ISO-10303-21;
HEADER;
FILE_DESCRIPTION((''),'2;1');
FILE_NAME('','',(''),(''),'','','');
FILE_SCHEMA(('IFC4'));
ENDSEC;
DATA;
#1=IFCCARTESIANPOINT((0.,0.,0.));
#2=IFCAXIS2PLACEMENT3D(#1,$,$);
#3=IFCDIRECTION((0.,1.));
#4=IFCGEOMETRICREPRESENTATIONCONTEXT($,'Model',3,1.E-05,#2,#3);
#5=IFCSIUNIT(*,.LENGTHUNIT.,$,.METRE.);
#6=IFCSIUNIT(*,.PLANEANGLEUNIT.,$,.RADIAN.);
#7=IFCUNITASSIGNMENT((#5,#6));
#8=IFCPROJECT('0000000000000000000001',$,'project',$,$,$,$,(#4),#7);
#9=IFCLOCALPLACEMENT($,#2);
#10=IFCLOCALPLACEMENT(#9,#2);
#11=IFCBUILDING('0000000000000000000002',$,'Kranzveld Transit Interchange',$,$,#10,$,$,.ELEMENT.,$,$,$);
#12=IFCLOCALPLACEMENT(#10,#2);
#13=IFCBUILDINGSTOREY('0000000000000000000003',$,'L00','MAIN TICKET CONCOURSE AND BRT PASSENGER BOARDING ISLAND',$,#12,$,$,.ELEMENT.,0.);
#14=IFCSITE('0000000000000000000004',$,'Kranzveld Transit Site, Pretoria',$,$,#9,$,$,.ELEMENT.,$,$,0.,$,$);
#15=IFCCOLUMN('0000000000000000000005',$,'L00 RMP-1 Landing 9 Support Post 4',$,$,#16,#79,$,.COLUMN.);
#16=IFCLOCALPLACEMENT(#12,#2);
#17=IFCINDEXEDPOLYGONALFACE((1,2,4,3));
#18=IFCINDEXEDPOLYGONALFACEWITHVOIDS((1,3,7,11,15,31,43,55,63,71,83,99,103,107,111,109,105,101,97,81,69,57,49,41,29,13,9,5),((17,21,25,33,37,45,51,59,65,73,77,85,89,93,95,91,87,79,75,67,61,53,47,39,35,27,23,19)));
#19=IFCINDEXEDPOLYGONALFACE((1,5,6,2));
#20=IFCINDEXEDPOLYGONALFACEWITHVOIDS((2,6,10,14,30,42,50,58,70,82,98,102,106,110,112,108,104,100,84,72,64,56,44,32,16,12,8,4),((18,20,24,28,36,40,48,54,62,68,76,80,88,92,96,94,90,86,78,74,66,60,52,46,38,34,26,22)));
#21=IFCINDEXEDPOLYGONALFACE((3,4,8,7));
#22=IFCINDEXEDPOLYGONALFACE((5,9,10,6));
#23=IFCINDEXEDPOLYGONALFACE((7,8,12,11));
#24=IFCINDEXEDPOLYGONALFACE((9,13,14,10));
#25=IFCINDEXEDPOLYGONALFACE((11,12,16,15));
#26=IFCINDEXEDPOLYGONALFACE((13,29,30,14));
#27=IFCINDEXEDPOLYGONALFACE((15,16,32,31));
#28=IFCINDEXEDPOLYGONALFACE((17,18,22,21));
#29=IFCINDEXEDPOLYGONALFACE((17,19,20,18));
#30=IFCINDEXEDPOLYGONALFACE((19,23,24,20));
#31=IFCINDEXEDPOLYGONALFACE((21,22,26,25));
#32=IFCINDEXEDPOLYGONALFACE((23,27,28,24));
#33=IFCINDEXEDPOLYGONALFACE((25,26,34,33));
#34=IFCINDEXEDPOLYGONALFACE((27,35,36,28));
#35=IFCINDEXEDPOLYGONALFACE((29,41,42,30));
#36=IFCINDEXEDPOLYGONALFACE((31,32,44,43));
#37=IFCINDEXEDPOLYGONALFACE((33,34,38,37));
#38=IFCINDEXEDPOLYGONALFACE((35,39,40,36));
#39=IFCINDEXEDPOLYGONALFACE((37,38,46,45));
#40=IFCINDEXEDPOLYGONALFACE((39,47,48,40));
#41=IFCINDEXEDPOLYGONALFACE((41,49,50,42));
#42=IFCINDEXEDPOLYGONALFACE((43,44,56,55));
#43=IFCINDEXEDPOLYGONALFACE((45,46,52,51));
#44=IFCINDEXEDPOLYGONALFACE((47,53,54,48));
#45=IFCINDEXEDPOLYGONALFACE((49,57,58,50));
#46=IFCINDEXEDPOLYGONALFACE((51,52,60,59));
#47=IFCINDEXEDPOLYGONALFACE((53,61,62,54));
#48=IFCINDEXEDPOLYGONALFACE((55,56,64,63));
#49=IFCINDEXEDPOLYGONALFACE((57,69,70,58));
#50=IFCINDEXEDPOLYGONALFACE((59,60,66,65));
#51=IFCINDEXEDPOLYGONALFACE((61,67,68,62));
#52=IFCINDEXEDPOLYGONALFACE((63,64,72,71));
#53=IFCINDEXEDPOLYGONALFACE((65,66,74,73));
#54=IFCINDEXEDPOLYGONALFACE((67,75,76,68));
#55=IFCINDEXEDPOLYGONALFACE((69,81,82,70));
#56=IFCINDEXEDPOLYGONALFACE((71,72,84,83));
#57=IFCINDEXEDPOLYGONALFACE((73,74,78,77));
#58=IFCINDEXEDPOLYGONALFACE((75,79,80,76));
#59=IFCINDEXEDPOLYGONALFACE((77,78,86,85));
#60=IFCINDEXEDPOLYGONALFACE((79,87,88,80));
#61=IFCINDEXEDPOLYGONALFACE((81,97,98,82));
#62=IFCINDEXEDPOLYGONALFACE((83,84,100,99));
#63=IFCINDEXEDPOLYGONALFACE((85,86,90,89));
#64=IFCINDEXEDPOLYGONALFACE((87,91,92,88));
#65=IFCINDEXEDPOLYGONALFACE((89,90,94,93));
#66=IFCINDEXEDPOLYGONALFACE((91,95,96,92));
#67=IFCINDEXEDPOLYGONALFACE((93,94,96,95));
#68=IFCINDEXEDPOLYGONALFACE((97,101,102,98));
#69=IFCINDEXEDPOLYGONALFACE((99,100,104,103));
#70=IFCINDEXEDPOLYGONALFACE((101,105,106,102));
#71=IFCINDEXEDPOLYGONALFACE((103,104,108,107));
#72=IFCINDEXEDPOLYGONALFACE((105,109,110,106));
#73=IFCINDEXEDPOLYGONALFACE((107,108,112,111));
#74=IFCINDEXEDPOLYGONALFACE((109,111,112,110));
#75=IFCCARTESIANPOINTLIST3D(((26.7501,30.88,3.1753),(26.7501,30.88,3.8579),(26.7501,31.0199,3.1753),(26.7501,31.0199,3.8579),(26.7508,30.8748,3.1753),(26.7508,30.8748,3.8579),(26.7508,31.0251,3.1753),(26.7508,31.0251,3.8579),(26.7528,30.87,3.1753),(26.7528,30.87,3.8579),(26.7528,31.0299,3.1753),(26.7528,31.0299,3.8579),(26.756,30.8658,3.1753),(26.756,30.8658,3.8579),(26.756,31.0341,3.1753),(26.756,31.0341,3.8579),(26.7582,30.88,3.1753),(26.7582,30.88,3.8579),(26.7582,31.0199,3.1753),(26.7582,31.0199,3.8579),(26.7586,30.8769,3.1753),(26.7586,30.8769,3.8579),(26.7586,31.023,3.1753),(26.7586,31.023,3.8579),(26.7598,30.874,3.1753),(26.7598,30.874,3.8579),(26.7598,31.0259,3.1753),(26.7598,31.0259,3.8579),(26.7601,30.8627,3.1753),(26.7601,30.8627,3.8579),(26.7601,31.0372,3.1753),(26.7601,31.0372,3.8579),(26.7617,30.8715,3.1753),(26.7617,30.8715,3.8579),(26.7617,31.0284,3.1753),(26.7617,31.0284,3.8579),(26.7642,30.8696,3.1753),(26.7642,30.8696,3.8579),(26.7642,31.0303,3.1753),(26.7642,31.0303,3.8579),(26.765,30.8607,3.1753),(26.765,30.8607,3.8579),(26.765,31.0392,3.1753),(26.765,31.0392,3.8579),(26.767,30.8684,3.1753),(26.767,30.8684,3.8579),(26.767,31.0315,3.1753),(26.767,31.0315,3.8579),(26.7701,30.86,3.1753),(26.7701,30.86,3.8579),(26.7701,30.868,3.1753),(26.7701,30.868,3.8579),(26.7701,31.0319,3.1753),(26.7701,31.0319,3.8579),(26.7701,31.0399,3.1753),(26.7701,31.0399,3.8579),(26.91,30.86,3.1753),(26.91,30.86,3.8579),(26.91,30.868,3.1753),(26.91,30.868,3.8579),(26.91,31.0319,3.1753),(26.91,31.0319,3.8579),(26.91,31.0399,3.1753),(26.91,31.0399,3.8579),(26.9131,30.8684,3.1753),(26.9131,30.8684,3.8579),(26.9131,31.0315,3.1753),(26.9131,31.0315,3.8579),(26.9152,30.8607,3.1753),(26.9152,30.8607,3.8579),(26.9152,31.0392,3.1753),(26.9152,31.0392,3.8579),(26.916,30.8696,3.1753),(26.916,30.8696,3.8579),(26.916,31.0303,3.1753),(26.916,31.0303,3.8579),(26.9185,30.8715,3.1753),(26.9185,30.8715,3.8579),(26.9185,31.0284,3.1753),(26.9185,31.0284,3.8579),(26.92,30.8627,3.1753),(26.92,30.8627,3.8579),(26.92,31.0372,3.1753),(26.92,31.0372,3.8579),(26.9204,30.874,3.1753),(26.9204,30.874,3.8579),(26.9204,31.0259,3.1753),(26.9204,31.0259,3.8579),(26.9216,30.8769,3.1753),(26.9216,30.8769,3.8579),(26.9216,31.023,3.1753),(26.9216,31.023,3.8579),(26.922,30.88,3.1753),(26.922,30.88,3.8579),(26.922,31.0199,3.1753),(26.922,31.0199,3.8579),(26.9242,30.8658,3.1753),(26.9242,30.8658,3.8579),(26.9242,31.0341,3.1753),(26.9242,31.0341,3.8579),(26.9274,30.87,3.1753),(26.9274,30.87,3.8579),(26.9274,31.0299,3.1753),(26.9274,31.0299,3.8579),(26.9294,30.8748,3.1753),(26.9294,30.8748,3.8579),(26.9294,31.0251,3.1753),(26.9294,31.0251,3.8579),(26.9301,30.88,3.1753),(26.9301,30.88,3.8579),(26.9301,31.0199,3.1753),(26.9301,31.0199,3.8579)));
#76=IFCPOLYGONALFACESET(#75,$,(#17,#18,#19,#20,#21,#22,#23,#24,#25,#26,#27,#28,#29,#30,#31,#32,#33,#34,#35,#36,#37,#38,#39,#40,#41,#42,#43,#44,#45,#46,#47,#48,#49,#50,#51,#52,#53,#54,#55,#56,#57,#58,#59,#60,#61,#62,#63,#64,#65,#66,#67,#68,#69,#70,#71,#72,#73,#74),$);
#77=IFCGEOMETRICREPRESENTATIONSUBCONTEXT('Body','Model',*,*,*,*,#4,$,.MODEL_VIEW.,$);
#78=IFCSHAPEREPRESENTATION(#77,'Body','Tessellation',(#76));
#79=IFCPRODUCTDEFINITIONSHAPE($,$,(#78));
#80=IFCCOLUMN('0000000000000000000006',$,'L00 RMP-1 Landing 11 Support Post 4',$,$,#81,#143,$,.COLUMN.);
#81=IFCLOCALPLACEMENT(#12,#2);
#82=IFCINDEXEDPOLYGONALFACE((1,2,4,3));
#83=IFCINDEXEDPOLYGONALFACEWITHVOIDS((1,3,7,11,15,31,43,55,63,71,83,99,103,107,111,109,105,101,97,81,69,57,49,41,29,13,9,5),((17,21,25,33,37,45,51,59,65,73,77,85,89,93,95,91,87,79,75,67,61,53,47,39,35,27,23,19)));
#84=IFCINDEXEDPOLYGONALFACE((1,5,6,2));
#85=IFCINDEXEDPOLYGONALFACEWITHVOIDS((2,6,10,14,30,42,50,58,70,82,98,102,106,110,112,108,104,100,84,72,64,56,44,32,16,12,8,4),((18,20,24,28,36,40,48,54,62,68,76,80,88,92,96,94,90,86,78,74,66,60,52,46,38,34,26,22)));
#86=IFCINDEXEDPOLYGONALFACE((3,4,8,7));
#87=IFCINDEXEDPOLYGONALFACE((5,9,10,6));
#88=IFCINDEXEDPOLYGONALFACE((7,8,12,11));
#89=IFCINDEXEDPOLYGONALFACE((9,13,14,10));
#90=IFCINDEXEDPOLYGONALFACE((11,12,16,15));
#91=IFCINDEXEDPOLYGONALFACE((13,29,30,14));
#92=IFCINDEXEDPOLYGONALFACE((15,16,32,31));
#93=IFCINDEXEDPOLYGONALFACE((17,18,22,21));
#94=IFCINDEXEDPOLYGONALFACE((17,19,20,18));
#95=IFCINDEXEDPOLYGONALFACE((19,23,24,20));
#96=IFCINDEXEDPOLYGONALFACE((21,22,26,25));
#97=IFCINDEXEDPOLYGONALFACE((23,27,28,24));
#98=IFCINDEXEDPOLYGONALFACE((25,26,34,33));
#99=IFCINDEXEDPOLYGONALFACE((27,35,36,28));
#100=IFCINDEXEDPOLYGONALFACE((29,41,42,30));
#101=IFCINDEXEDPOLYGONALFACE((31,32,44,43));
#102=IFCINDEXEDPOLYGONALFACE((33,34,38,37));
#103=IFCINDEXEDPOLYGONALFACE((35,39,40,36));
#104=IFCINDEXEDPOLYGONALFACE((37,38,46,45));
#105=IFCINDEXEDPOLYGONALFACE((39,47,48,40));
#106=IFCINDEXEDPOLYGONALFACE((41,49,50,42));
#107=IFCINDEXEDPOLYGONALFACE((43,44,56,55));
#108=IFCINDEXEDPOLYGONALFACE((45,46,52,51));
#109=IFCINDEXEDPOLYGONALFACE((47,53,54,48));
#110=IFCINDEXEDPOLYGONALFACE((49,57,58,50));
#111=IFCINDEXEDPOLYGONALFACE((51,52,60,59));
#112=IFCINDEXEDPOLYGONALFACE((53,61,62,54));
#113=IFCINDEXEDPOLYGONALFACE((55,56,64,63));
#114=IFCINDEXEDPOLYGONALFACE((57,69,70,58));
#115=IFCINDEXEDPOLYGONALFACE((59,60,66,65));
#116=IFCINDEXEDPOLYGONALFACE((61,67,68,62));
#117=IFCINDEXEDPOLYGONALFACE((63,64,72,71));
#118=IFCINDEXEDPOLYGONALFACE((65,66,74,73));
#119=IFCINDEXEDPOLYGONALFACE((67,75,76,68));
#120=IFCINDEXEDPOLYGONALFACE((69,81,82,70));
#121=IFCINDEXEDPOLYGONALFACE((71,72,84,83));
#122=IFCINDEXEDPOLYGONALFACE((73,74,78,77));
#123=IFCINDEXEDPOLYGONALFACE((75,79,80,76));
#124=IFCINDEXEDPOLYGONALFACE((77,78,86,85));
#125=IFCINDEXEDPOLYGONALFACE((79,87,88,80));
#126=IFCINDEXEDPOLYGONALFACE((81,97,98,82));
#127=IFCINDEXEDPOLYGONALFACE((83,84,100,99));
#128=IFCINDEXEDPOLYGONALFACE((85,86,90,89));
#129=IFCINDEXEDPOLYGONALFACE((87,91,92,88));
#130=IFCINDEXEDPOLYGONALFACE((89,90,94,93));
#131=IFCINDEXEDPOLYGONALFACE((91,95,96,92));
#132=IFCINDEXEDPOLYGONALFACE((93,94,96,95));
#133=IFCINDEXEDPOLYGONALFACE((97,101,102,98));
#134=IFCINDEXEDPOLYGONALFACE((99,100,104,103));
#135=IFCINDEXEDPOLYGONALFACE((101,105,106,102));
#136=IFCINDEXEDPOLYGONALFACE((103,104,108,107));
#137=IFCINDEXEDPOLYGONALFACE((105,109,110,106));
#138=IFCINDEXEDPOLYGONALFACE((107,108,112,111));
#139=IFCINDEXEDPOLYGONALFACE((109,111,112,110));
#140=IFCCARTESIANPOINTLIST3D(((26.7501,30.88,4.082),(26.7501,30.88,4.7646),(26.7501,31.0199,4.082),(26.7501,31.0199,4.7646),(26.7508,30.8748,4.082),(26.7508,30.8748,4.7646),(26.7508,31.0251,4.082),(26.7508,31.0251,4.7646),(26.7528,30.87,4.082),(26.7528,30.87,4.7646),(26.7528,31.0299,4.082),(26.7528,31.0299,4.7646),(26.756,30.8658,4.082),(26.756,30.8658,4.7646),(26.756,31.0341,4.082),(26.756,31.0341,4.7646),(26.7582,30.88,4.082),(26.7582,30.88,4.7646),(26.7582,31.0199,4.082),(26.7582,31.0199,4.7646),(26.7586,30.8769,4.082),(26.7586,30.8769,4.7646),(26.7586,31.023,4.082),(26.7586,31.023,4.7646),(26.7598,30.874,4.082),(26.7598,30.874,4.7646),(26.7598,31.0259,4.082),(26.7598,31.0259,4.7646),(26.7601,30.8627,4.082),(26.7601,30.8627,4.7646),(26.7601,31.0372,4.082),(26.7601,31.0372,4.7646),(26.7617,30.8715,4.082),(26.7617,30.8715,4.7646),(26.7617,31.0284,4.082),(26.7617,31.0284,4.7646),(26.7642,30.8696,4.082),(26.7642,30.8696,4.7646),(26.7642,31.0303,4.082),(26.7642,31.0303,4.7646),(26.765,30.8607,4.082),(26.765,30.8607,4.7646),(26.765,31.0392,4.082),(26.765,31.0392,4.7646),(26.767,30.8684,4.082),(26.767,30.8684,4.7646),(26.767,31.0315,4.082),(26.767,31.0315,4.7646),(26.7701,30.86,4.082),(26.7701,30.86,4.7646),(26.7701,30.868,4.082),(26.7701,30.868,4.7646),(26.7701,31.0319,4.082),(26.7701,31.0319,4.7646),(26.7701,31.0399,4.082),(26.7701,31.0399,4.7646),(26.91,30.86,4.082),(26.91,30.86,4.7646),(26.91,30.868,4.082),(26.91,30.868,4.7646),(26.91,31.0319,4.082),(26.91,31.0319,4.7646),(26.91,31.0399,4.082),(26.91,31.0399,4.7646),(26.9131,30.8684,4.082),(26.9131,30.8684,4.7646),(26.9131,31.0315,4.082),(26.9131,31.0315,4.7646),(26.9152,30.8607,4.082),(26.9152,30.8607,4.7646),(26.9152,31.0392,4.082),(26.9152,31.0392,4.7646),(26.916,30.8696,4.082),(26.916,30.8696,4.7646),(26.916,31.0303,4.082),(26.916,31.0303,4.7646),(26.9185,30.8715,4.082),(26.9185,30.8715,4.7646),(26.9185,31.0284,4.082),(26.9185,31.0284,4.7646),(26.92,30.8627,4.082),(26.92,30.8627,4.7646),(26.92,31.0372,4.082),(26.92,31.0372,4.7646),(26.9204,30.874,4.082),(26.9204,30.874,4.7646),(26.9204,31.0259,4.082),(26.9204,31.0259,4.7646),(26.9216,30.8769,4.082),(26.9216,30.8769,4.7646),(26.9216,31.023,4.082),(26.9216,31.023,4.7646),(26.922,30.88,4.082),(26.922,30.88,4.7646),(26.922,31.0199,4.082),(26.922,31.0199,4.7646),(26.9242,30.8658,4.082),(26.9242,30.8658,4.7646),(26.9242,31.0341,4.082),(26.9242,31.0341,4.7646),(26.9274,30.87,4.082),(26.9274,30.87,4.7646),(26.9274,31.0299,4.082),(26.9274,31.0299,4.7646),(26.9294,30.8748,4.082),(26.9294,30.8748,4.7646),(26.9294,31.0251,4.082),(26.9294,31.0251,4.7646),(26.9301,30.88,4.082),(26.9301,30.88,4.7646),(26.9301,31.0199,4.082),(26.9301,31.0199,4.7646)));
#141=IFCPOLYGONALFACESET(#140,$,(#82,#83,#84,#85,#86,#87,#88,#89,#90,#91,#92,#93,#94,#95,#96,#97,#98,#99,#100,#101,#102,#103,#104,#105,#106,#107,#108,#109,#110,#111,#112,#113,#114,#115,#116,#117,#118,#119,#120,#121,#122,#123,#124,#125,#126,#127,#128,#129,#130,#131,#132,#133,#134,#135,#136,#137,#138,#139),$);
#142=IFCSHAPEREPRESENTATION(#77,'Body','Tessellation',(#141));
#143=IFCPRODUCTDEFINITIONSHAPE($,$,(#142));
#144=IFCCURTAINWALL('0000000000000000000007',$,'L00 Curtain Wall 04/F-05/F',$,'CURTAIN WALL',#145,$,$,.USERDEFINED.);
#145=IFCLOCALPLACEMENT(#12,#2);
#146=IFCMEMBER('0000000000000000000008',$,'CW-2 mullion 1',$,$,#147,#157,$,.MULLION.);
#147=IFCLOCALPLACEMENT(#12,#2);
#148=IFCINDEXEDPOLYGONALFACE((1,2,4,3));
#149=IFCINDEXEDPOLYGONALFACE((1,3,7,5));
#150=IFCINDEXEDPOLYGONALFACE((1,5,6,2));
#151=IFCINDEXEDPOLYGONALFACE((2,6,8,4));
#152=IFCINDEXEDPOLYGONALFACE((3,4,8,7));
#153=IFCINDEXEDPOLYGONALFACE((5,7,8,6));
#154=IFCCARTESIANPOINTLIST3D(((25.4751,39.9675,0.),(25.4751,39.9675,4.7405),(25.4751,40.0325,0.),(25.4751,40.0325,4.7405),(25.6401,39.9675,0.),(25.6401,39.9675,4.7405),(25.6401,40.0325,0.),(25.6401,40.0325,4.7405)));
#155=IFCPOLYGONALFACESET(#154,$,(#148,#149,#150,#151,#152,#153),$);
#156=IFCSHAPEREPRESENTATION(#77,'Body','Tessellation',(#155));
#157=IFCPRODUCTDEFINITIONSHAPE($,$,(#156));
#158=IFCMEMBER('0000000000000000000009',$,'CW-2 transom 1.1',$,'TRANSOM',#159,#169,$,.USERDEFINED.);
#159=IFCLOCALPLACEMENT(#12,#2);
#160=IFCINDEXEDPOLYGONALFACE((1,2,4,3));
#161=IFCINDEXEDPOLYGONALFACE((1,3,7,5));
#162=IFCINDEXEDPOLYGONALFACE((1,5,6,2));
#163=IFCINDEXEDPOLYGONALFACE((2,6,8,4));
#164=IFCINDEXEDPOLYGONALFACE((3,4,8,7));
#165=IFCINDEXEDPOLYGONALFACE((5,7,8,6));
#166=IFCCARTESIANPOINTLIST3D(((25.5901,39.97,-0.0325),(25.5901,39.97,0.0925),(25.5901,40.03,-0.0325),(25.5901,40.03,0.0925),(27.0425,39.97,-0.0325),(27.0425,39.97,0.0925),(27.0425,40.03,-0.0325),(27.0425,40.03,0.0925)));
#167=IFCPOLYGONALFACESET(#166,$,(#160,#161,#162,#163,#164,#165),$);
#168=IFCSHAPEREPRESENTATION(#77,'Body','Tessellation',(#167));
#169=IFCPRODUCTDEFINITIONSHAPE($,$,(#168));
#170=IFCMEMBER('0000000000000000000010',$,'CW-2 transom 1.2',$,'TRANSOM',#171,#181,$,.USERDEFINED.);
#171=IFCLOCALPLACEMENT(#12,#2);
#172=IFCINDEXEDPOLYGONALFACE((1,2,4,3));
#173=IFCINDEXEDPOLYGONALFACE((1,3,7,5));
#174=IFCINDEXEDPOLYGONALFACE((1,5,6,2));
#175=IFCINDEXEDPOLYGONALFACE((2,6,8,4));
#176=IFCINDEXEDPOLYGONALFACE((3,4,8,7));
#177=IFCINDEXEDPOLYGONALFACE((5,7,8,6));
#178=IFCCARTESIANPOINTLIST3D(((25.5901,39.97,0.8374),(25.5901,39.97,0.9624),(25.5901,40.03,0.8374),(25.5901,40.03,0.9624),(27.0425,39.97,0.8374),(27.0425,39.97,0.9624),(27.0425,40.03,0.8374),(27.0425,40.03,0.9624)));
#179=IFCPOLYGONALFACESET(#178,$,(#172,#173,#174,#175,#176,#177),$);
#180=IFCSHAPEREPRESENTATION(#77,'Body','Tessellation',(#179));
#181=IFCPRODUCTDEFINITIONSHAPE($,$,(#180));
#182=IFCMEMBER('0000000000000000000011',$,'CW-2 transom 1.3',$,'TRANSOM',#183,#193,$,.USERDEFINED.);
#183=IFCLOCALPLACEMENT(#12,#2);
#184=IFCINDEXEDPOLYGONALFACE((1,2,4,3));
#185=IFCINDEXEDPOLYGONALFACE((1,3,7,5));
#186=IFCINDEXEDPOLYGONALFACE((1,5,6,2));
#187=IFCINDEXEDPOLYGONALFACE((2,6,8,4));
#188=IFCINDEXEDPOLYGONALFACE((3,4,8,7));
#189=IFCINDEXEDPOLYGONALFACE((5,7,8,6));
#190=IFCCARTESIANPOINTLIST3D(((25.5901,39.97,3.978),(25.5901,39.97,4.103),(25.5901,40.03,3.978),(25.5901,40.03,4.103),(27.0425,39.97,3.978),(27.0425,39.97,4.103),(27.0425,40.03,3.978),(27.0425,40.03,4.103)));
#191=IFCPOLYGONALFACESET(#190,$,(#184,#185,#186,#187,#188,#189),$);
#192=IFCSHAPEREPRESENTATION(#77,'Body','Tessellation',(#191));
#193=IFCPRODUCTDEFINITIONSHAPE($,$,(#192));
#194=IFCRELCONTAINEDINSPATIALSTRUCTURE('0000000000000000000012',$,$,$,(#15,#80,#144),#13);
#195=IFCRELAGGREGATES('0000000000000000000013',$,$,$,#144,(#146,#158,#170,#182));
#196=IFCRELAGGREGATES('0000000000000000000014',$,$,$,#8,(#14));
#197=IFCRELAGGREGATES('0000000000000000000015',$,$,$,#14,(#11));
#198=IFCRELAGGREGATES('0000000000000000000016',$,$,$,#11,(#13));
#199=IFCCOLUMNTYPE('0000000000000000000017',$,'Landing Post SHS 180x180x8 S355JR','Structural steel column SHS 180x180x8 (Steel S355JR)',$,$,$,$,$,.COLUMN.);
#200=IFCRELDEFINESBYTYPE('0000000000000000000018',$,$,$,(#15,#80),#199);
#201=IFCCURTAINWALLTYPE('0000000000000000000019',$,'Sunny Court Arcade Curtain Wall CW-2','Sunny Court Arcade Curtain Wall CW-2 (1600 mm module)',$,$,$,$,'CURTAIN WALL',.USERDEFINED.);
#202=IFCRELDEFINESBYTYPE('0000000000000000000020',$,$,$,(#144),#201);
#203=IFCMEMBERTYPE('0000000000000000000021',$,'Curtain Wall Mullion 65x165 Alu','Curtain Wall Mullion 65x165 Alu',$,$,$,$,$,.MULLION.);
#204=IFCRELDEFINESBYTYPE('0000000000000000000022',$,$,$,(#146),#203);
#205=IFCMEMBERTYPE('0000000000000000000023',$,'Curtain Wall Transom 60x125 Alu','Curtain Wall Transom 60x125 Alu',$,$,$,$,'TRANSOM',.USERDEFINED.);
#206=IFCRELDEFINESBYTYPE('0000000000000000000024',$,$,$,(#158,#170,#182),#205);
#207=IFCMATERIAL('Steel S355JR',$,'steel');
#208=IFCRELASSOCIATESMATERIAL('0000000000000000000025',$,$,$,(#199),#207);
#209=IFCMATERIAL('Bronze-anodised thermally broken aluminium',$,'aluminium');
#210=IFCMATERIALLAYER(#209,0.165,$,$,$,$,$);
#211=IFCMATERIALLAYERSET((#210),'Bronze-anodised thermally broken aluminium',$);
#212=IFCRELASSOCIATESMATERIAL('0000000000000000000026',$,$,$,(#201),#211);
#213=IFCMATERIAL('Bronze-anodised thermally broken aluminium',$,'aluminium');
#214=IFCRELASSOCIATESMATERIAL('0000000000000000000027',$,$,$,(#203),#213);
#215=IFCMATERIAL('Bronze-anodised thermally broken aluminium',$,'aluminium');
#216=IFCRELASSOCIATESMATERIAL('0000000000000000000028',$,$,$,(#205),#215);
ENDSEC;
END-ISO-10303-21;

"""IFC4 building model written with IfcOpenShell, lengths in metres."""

from ifc_helpers import new_model, si_unit, direction, frame, origin, origin_2d, place, context, subcontext, project, spatial, rectangle, hollow_rectangle, extrude, material, layer, layer_set, material_profile, profile_set, type_object, element, aggregate, save


model = new_model("IFC4")

# Units and contexts
model_context = context("Model", 3, precision=1e-05, world=origin(), true_north=direction((0.0, 1.0)))
body_context = subcontext(model_context, "Body", "Model", "MODEL_VIEW")
ifc_project = project(units=[si_unit("LENGTHUNIT", "METRE"), si_unit("PLANEANGLEUNIT", "RADIAN")], contexts=[model_context])

# Site, building, storey
site_placement = place(None, origin())
site = spatial("IfcSite", under=ifc_project, at=site_placement, Name="Kranzveld Transit Site, Pretoria", CompositionType="ELEMENT", RefElevation=0.0)
building_placement = place(site_placement, origin())
building = spatial("IfcBuilding", under=site, at=building_placement, Name="Kranzveld Transit Interchange", CompositionType="ELEMENT")
storey_placement = place(building_placement, origin())
storey = spatial("IfcBuildingStorey", under=building, at=storey_placement, Name="L00", Description="MAIN TICKET CONCOURSE AND BRT PASSENGER BOARDING ISLAND", CompositionType="ELEMENT", Elevation=0.0)

# Columns
ifc_material_1 = material(Name="Steel S355JR", Category="steel")
ifc_material_profile_1 = material_profile(ifc_material_1, hollow_rectangle(XDim=0.1799, YDim=0.1799, WallThickness=0.0081, InnerFilletRadius=0.012, OuterFilletRadius=0.02, at=origin_2d()), Name="SHS 180x180x8")
ifc_profile_set_1 = profile_set([ifc_material_profile_1], Name="Steel S355JR")
column_type_1 = type_object("IfcColumnType", Name="Landing Post SHS 180x180x8 S355JR", Description="Structural steel column SHS 180x180x8 (Steel S355JR)", PredefinedType="COLUMN", material=ifc_profile_set_1)
for number, where, z_axis, x_axis, name in (
    (1, (26.8401, 30.95, 3.1753), (0.0, 0.0, 1.0), (1.0, 0.0, 0.0), "L00 RMP-1 Landing 9 Support Post 4"),
    (2, (26.8401, 30.95, 4.082), (0.0, 0.0, 1.0), (1.0, 0.0, 0.0), "L00 RMP-1 Landing 11 Support Post 4"),
):
    element("IfcColumn", number, at=place(storey_placement, frame(where, z_axis=z_axis, x_axis=x_axis)), inside=storey, type_object=column_type_1, Name=name, PredefinedType="COLUMN", context=body_context, shape_type="SweptSolid", body=[
        extrude(hollow_rectangle(XDim=0.1799, YDim=0.1799, WallThickness=0.0081, InnerFilletRadius=0.012, OuterFilletRadius=0.02, at=origin_2d()), origin(), (0.0, 0.0, 1.0), 0.6826),
    ])

# Curtain wall, members
ifc_material_2 = material(Name="Bronze-anodised thermally broken aluminium", Category="aluminium")
ifc_layer_1 = layer(ifc_material_2, 0.165)
ifc_layer_set_1 = layer_set([ifc_layer_1], Name="Bronze-anodised thermally broken aluminium")
curtain_wall_type = type_object("IfcCurtainWallType", Name="Sunny Court Arcade Curtain Wall CW-2", Description="Sunny Court Arcade Curtain Wall CW-2 (1600 mm module)", ElementType="CURTAIN WALL", PredefinedType="USERDEFINED", material=ifc_layer_set_1)
curtain_wall_placement = place(storey_placement, origin())
curtain_wall = element("IfcCurtainWall", 3, at=curtain_wall_placement, inside=storey, type_object=curtain_wall_type, Name="L00 Curtain Wall 04/F-05/F", ObjectType="CURTAIN WALL", PredefinedType="USERDEFINED")
ifc_material_3 = material(Name="Bronze-anodised thermally broken aluminium", Category="aluminium")
ifc_material_profile_2 = material_profile(ifc_material_3, rectangle(XDim=0.0649, YDim=0.165, at=origin_2d()), Name="ALU MULLION 65x165")
ifc_profile_set_2 = profile_set([ifc_material_profile_2], Name="Bronze-anodised thermally broken aluminium")
member_type_1 = type_object("IfcMemberType", Name="Curtain Wall Mullion 65x165 Alu", Description="Curtain Wall Mullion 65x165 Alu", PredefinedType="MULLION", material=ifc_profile_set_2)
member_1_placement = place(storey_placement, frame((25.5576, 40.0, 0.0), z_axis=(0.0, 0.0, 1.0), x_axis=(0.0, 1.0, 0.0)))
member_1 = element("IfcMember", 4, at=member_1_placement, type_object=member_type_1, Name="CW-2 mullion 1", PredefinedType="MULLION", context=body_context, shape_type="SweptSolid", body=[
    extrude(rectangle(XDim=0.0649, YDim=0.165, at=origin_2d()), origin(), (0.0, 0.0, 1.0), 4.7405),
])
ifc_material_4 = material(Name="Bronze-anodised thermally broken aluminium", Category="aluminium")
ifc_material_profile_3 = material_profile(ifc_material_4, rectangle(XDim=0.0601, YDim=0.125, at=origin_2d()), Name="ALU TRANSOM 60x125")
ifc_profile_set_3 = profile_set([ifc_material_profile_3], Name="Bronze-anodised thermally broken aluminium")
member_type_2 = type_object("IfcMemberType", Name="Curtain Wall Transom 60x125 Alu", Description="Curtain Wall Transom 60x125 Alu", ElementType="TRANSOM", PredefinedType="USERDEFINED", material=ifc_profile_set_3)
member_2_placement = place(storey_placement, frame((25.5901, 40.0, 0.03), z_axis=(1.0, 0.0, 0.0), x_axis=(0.0, 1.0, 0.0)))
member_2 = element("IfcMember", 5, at=member_2_placement, type_object=member_type_2, Name="CW-2 transom 1.1", ObjectType="TRANSOM", PredefinedType="USERDEFINED", context=body_context, shape_type="SweptSolid", body=[
    extrude(rectangle(XDim=0.0601, YDim=0.125, at=origin_2d()), origin(), (0.0, 0.0, 1.0), 1.4524),
])
member_3_placement = place(storey_placement, frame((25.5901, 40.0, 0.8999), z_axis=(1.0, 0.0, 0.0), x_axis=(0.0, 1.0, 0.0)))
member_3 = element("IfcMember", 6, at=member_3_placement, type_object=member_type_2, Name="CW-2 transom 1.2", ObjectType="TRANSOM", PredefinedType="USERDEFINED", context=body_context, shape_type="SweptSolid", body=[
    extrude(rectangle(XDim=0.0601, YDim=0.125, at=origin_2d()), origin(), (0.0, 0.0, 1.0), 1.4524),
])
member_4_placement = place(storey_placement, frame((25.5901, 40.0, 4.0405), z_axis=(1.0, 0.0, 0.0), x_axis=(0.0, 1.0, 0.0)))
member_4 = element("IfcMember", 7, at=member_4_placement, type_object=member_type_2, Name="CW-2 transom 1.3", ObjectType="TRANSOM", PredefinedType="USERDEFINED", context=body_context, shape_type="SweptSolid", body=[
    extrude(rectangle(XDim=0.0601, YDim=0.125, at=origin_2d()), origin(), (0.0, 0.0, 1.0), 1.4524),
])

aggregate(curtain_wall, [member_1, member_2, member_3, member_4])

save(model, "model.ifc")
